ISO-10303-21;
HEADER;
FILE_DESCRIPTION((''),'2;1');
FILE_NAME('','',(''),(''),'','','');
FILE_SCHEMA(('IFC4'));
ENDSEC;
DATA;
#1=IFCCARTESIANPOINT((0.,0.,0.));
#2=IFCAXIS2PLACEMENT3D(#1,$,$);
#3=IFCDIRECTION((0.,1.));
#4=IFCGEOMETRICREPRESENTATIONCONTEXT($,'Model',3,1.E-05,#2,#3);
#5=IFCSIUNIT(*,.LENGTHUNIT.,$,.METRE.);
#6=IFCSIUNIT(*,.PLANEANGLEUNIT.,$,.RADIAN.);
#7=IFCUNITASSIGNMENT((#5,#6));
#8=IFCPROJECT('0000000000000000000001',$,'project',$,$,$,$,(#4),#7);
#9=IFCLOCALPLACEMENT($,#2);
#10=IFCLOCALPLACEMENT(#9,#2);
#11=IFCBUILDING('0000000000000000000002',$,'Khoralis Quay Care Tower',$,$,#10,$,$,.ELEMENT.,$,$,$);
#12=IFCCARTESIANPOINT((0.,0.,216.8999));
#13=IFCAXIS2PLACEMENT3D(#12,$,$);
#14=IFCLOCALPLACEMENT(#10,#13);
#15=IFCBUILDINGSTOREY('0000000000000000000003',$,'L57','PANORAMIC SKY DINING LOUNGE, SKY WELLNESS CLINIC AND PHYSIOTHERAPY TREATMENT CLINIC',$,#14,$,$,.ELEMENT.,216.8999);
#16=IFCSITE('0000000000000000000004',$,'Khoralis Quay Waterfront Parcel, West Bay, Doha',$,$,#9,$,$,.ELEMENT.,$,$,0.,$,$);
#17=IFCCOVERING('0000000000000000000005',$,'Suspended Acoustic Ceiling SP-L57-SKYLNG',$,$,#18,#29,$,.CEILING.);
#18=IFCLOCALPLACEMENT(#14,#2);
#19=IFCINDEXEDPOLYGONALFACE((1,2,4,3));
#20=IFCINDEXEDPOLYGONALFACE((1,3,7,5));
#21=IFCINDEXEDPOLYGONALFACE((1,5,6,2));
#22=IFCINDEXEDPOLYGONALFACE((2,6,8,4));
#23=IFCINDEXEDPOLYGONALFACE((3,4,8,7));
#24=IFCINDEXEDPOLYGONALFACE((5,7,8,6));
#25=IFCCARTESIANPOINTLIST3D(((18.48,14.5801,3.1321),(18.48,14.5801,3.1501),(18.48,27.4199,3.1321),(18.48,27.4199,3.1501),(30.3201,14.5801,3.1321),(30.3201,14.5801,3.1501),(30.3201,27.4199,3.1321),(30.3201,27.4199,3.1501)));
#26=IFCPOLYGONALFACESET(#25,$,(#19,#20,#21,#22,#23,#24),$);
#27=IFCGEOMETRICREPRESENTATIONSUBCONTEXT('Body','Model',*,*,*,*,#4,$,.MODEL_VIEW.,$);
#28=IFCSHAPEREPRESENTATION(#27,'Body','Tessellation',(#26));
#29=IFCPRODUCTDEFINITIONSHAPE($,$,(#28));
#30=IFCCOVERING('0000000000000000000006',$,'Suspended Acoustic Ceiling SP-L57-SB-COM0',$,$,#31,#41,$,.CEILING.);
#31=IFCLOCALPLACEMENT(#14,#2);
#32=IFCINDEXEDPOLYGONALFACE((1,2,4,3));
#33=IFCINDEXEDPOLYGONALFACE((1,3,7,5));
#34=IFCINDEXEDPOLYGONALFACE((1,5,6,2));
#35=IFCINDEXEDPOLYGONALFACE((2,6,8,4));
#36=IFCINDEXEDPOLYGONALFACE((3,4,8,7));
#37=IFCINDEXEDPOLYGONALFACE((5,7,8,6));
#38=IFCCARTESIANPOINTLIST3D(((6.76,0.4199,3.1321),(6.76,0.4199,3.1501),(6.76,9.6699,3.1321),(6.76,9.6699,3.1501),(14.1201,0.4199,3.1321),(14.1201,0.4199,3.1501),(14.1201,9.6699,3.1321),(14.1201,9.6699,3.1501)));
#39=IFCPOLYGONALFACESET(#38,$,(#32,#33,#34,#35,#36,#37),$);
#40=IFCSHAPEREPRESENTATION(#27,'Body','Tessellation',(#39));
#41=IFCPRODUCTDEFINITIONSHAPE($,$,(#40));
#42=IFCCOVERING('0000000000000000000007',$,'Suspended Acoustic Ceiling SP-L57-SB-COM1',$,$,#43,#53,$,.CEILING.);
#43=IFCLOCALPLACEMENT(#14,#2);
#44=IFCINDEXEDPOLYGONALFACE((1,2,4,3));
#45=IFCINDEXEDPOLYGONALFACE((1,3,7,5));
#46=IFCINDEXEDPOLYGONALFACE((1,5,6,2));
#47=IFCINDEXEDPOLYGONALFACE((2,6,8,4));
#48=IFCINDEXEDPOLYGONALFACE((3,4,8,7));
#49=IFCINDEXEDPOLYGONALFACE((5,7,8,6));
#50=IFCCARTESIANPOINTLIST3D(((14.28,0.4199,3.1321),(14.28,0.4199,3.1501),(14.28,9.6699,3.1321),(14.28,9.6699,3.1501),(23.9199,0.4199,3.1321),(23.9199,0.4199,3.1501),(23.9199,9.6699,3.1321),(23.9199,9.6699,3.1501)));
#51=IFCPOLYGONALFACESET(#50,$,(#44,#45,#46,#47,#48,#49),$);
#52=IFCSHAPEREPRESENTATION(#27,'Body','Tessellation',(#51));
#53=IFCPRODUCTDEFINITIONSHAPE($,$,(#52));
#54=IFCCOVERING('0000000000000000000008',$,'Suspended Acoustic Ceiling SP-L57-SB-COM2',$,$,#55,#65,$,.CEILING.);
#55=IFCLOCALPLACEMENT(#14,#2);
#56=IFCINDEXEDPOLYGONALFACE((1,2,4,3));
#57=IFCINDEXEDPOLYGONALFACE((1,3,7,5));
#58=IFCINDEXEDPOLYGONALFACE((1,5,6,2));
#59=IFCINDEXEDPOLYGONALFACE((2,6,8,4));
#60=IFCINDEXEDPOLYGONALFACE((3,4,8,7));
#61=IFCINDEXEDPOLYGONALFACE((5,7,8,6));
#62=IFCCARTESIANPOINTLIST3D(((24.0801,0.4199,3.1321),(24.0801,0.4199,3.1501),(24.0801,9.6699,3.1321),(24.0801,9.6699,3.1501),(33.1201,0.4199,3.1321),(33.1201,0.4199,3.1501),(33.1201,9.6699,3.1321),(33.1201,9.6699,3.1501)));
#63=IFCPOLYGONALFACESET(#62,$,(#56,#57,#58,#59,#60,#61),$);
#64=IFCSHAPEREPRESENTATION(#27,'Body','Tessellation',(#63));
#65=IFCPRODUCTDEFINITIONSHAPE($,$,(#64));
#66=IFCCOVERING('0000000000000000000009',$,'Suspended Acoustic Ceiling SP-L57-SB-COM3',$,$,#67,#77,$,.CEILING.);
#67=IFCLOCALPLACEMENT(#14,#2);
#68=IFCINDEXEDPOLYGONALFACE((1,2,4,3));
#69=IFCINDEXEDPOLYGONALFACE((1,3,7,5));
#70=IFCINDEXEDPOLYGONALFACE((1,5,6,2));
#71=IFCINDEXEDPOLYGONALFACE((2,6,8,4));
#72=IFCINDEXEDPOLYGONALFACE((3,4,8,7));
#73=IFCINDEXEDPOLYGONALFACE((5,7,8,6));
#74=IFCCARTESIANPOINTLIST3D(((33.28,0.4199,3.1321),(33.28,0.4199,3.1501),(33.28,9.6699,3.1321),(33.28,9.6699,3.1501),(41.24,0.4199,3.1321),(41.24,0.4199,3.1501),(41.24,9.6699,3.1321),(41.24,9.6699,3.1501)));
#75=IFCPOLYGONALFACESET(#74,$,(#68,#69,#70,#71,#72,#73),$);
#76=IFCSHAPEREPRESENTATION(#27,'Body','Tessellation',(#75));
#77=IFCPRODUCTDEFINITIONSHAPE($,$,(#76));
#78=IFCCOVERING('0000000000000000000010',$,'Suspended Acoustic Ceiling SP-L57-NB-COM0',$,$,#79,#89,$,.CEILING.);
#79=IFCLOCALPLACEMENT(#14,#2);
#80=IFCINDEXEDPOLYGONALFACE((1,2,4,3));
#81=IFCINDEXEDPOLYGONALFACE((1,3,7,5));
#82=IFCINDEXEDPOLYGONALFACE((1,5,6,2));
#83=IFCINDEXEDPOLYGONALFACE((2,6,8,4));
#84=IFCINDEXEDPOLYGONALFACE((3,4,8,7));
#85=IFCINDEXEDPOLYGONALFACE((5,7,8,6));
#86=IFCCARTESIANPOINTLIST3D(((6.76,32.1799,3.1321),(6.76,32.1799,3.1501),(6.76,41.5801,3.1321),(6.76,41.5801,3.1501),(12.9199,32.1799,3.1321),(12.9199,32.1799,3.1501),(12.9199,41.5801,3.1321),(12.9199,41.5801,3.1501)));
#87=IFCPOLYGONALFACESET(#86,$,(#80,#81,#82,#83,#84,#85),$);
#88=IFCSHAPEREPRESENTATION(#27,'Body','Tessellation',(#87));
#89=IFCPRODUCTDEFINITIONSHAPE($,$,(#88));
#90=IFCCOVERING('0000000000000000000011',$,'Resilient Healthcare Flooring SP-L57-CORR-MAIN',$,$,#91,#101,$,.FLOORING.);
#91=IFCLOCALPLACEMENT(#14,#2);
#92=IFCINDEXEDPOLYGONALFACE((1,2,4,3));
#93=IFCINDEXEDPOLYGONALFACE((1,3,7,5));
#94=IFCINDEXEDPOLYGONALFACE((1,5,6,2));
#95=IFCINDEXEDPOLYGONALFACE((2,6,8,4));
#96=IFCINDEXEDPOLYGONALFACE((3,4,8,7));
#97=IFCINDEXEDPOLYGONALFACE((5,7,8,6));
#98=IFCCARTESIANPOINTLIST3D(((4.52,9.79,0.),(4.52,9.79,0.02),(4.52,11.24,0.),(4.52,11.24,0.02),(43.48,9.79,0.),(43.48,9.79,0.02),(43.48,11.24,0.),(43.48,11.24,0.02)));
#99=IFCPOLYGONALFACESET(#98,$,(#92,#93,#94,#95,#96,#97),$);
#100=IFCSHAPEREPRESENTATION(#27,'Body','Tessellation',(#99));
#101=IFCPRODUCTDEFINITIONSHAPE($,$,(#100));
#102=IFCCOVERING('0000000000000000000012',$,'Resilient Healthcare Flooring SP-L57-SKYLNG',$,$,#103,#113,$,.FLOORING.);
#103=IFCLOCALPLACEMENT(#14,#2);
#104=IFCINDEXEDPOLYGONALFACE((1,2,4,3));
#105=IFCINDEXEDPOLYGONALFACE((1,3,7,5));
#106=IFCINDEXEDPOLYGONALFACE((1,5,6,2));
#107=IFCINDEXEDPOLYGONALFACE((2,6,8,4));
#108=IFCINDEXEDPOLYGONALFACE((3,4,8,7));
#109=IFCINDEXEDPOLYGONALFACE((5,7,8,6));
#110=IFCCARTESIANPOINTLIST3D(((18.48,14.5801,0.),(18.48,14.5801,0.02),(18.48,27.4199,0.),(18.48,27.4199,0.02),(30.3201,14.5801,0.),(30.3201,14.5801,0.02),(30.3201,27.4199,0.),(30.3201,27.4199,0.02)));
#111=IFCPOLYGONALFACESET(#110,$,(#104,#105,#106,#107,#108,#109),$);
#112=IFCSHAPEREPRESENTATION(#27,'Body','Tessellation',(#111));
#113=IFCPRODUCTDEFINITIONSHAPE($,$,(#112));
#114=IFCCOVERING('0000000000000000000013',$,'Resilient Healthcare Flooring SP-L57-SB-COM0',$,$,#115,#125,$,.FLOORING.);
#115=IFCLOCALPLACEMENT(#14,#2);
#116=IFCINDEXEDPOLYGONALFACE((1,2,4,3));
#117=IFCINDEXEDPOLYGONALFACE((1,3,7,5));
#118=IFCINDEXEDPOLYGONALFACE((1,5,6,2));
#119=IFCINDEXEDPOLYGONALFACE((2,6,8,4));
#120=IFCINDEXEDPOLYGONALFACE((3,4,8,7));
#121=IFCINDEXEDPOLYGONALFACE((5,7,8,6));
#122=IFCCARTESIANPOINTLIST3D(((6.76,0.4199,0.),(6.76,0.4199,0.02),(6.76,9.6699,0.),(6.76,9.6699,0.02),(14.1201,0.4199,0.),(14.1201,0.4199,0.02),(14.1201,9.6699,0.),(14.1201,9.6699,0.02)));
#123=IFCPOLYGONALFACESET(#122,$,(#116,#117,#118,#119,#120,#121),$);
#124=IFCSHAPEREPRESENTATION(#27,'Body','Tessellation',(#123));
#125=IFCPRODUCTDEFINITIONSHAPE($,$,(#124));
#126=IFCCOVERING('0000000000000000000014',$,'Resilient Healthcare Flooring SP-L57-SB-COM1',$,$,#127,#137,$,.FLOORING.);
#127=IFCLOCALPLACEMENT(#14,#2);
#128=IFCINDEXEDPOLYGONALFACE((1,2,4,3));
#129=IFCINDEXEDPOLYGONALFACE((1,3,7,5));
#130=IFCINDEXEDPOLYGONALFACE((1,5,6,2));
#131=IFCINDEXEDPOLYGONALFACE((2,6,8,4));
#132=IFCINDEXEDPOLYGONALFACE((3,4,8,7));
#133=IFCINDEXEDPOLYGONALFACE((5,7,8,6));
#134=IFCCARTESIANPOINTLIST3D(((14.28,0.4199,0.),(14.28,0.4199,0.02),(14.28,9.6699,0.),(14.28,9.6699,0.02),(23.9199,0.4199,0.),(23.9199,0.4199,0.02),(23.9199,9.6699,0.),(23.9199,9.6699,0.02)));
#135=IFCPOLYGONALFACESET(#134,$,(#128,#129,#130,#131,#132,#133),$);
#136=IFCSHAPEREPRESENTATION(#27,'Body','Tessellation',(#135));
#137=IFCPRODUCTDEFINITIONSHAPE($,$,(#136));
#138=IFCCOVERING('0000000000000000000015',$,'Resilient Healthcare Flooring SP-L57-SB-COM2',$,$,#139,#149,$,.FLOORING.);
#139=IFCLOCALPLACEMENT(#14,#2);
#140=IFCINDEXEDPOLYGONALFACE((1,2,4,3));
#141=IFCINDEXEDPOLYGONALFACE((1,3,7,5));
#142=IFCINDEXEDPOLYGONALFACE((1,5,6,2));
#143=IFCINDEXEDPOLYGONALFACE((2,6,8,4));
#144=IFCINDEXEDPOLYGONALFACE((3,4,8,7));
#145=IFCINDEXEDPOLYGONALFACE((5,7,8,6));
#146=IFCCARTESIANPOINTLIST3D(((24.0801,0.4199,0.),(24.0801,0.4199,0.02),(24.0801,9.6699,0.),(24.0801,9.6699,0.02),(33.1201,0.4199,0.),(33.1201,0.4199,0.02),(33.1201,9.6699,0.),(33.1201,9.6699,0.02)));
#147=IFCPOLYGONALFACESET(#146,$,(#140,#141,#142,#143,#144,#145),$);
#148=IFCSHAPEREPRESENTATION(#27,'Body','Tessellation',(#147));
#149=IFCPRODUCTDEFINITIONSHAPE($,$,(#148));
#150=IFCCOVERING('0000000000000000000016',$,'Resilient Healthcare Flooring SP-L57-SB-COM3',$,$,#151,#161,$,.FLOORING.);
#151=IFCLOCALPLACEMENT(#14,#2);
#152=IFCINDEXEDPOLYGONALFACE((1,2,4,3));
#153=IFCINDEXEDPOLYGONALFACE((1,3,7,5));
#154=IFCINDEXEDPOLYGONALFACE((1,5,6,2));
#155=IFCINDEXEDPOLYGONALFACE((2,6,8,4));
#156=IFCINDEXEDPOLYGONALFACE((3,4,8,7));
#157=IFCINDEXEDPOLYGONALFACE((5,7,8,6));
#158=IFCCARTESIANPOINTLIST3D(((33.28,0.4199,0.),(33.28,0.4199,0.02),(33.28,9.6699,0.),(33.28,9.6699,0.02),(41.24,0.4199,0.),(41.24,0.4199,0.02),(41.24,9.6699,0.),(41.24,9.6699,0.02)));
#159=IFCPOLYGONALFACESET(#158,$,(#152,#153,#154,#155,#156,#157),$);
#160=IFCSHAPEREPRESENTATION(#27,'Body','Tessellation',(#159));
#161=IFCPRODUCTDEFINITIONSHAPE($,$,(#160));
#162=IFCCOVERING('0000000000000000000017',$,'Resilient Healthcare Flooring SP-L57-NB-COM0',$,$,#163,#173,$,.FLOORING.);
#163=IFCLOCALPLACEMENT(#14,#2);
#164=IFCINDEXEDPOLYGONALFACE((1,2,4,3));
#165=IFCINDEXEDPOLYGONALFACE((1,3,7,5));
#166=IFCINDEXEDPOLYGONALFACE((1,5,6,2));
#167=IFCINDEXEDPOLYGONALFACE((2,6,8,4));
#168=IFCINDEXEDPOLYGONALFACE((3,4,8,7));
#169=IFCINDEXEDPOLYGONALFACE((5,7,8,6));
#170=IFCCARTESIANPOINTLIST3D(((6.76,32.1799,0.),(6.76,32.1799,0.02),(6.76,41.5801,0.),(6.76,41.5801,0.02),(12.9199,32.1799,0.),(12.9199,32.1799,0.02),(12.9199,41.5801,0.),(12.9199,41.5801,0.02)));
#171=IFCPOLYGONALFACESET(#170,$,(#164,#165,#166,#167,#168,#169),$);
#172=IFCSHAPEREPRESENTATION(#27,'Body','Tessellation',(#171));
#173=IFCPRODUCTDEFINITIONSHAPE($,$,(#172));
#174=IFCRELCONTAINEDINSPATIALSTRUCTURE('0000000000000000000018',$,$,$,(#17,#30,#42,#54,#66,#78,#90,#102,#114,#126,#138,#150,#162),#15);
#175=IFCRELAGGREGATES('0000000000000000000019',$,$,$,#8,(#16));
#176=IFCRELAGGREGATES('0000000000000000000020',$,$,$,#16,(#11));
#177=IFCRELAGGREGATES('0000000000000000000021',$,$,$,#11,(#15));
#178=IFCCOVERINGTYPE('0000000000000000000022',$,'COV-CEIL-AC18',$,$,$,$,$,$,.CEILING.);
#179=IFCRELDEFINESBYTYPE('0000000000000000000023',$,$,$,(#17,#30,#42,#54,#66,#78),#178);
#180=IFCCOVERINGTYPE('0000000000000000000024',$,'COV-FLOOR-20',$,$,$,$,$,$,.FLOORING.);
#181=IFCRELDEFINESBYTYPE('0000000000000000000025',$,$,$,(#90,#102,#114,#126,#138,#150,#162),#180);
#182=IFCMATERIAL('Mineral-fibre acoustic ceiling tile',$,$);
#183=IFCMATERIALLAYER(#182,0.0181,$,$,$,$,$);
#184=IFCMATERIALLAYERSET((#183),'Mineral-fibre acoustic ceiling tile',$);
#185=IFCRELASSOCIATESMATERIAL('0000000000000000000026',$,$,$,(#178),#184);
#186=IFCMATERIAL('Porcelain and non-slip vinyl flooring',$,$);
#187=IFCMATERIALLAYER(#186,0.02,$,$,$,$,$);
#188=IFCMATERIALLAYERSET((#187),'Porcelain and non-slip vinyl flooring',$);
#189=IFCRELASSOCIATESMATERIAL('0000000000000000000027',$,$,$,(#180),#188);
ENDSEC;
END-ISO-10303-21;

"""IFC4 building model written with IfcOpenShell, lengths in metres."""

from ifc_helpers import new_model, si_unit, direction, frame, origin, place, context, subcontext, project, spatial, polyline, outline, extrude, material, layer, layer_set, type_object, element, save


model = new_model("IFC4")

# Units and contexts
model_context = context("Model", 3, precision=1e-05, world=origin(), true_north=direction((0.0, 1.0)))
body_context = subcontext(model_context, "Body", "Model", "MODEL_VIEW")
ifc_project = project(units=[si_unit("LENGTHUNIT", "METRE"), si_unit("PLANEANGLEUNIT", "RADIAN")], contexts=[model_context])

# Site, building, storey
site_placement = place(None, origin())
site = spatial("IfcSite", under=ifc_project, at=site_placement, Name="Khoralis Quay Waterfront Parcel, West Bay, Doha", CompositionType="ELEMENT", RefElevation=0.0)
building_placement = place(site_placement, origin())
building = spatial("IfcBuilding", under=site, at=building_placement, Name="Khoralis Quay Care Tower", CompositionType="ELEMENT")
storey_placement = place(building_placement, frame((0.0, 0.0, 216.8999)))
storey = spatial("IfcBuildingStorey", under=building, at=storey_placement, Name="L57", Description="PANORAMIC SKY DINING LOUNGE, SKY WELLNESS CLINIC AND PHYSIOTHERAPY TREATMENT CLINIC", CompositionType="ELEMENT", Elevation=216.8999)

# Coverings
ifc_material_1 = material(Name="Mineral-fibre acoustic ceiling tile")
ifc_layer_1 = layer(ifc_material_1, 0.0181)
ifc_layer_set_1 = layer_set([ifc_layer_1], Name="Mineral-fibre acoustic ceiling tile")
covering_type_1 = type_object("IfcCoveringType", Name="COV-CEIL-AC18", PredefinedType="CEILING", material=ifc_layer_set_1)
covering_1_placement = place(storey_placement, frame((0.0, 0.0, 3.1321)))
element("IfcCovering", 1, at=covering_1_placement, inside=storey, type_object=covering_type_1, Name="Suspended Acoustic Ceiling SP-L57-SKYLNG", PredefinedType="CEILING", context=body_context, shape_type="SweptSolid", body=[
    extrude(outline(polyline([(18.48, 14.5801), (30.3201, 14.5801), (30.3201, 27.4199), (18.48, 27.4199), (18.48, 14.5801)])), origin(), (0.0, 0.0, 1.0), 0.0181),
])
covering_2_placement = place(storey_placement, frame((0.0, 0.0, 3.1321)))
element("IfcCovering", 2, at=covering_2_placement, inside=storey, type_object=covering_type_1, Name="Suspended Acoustic Ceiling SP-L57-SB-COM0", PredefinedType="CEILING", context=body_context, shape_type="SweptSolid", body=[
    extrude(outline(polyline([(6.76, 0.4199), (14.1201, 0.4199), (14.1201, 9.6699), (6.76, 9.6699), (6.76, 0.4199)])), origin(), (0.0, 0.0, 1.0), 0.0181),
])
covering_3_placement = place(storey_placement, frame((0.0, 0.0, 3.1321)))
element("IfcCovering", 3, at=covering_3_placement, inside=storey, type_object=covering_type_1, Name="Suspended Acoustic Ceiling SP-L57-SB-COM1", PredefinedType="CEILING", context=body_context, shape_type="SweptSolid", body=[
    extrude(outline(polyline([(14.28, 0.4199), (23.9199, 0.4199), (23.9199, 9.6699), (14.28, 9.6699), (14.28, 0.4199)])), origin(), (0.0, 0.0, 1.0), 0.0181),
])
covering_4_placement = place(storey_placement, frame((0.0, 0.0, 3.1321)))
element("IfcCovering", 4, at=covering_4_placement, inside=storey, type_object=covering_type_1, Name="Suspended Acoustic Ceiling SP-L57-SB-COM2", PredefinedType="CEILING", context=body_context, shape_type="SweptSolid", body=[
    extrude(outline(polyline([(24.0801, 0.4199), (33.1201, 0.4199), (33.1201, 9.6699), (24.0801, 9.6699), (24.0801, 0.4199)])), origin(), (0.0, 0.0, 1.0), 0.0181),
])
covering_5_placement = place(storey_placement, frame((0.0, 0.0, 3.1321)))
element("IfcCovering", 5, at=covering_5_placement, inside=storey, type_object=covering_type_1, Name="Suspended Acoustic Ceiling SP-L57-SB-COM3", PredefinedType="CEILING", context=body_context, shape_type="SweptSolid", body=[
    extrude(outline(polyline([(33.28, 0.4199), (41.24, 0.4199), (41.24, 9.6699), (33.28, 9.6699), (33.28, 0.4199)])), origin(), (0.0, 0.0, 1.0), 0.0181),
])
covering_6_placement = place(storey_placement, frame((0.0, 0.0, 3.1321)))
element("IfcCovering", 6, at=covering_6_placement, inside=storey, type_object=covering_type_1, Name="Suspended Acoustic Ceiling SP-L57-NB-COM0", PredefinedType="CEILING", context=body_context, shape_type="SweptSolid", body=[
    extrude(outline(polyline([(6.76, 32.1799), (12.9199, 32.1799), (12.9199, 41.5801), (6.76, 41.5801), (6.76, 32.1799)])), origin(), (0.0, 0.0, 1.0), 0.0181),
])
ifc_material_2 = material(Name="Porcelain and non-slip vinyl flooring")
ifc_layer_2 = layer(ifc_material_2, 0.02)
ifc_layer_set_2 = layer_set([ifc_layer_2], Name="Porcelain and non-slip vinyl flooring")
covering_type_2 = type_object("IfcCoveringType", Name="COV-FLOOR-20", PredefinedType="FLOORING", material=ifc_layer_set_2)
covering_7_placement = place(storey_placement, origin())
element("IfcCovering", 7, at=covering_7_placement, inside=storey, type_object=covering_type_2, Name="Resilient Healthcare Flooring SP-L57-CORR-MAIN", PredefinedType="FLOORING", context=body_context, shape_type="SweptSolid", body=[
    extrude(outline(polyline([(4.52, 9.79), (43.48, 9.79), (43.48, 11.24), (4.52, 11.24), (4.52, 9.79)])), origin(), (0.0, 0.0, 1.0), 0.02),
])
covering_8_placement = place(storey_placement, origin())
element("IfcCovering", 8, at=covering_8_placement, inside=storey, type_object=covering_type_2, Name="Resilient Healthcare Flooring SP-L57-SKYLNG", PredefinedType="FLOORING", context=body_context, shape_type="SweptSolid", body=[
    extrude(outline(polyline([(18.48, 14.5801), (30.3201, 14.5801), (30.3201, 27.4199), (18.48, 27.4199), (18.48, 14.5801)])), origin(), (0.0, 0.0, 1.0), 0.02),
])
covering_9_placement = place(storey_placement, origin())
element("IfcCovering", 9, at=covering_9_placement, inside=storey, type_object=covering_type_2, Name="Resilient Healthcare Flooring SP-L57-SB-COM0", PredefinedType="FLOORING", context=body_context, shape_type="SweptSolid", body=[
    extrude(outline(polyline([(6.76, 0.4199), (14.1201, 0.4199), (14.1201, 9.6699), (6.76, 9.6699), (6.76, 0.4199)])), origin(), (0.0, 0.0, 1.0), 0.02),
])
covering_10_placement = place(storey_placement, origin())
element("IfcCovering", 10, at=covering_10_placement, inside=storey, type_object=covering_type_2, Name="Resilient Healthcare Flooring SP-L57-SB-COM1", PredefinedType="FLOORING", context=body_context, shape_type="SweptSolid", body=[
    extrude(outline(polyline([(14.28, 0.4199), (23.9199, 0.4199), (23.9199, 9.6699), (14.28, 9.6699), (14.28, 0.4199)])), origin(), (0.0, 0.0, 1.0), 0.02),
])
covering_11_placement = place(storey_placement, origin())
element("IfcCovering", 11, at=covering_11_placement, inside=storey, type_object=covering_type_2, Name="Resilient Healthcare Flooring SP-L57-SB-COM2", PredefinedType="FLOORING", context=body_context, shape_type="SweptSolid", body=[
    extrude(outline(polyline([(24.0801, 0.4199), (33.1201, 0.4199), (33.1201, 9.6699), (24.0801, 9.6699), (24.0801, 0.4199)])), origin(), (0.0, 0.0, 1.0), 0.02),
])
covering_12_placement = place(storey_placement, origin())
element("IfcCovering", 12, at=covering_12_placement, inside=storey, type_object=covering_type_2, Name="Resilient Healthcare Flooring SP-L57-SB-COM3", PredefinedType="FLOORING", context=body_context, shape_type="SweptSolid", body=[
    extrude(outline(polyline([(33.28, 0.4199), (41.24, 0.4199), (41.24, 9.6699), (33.28, 9.6699), (33.28, 0.4199)])), origin(), (0.0, 0.0, 1.0), 0.02),
])
covering_13_placement = place(storey_placement, origin())
element("IfcCovering", 13, at=covering_13_placement, inside=storey, type_object=covering_type_2, Name="Resilient Healthcare Flooring SP-L57-NB-COM0", PredefinedType="FLOORING", context=body_context, shape_type="SweptSolid", body=[
    extrude(outline(polyline([(6.76, 32.1799), (12.9199, 32.1799), (12.9199, 41.5801), (6.76, 41.5801), (6.76, 32.1799)])), origin(), (0.0, 0.0, 1.0), 0.02),
])

save(model, "model.ifc")
